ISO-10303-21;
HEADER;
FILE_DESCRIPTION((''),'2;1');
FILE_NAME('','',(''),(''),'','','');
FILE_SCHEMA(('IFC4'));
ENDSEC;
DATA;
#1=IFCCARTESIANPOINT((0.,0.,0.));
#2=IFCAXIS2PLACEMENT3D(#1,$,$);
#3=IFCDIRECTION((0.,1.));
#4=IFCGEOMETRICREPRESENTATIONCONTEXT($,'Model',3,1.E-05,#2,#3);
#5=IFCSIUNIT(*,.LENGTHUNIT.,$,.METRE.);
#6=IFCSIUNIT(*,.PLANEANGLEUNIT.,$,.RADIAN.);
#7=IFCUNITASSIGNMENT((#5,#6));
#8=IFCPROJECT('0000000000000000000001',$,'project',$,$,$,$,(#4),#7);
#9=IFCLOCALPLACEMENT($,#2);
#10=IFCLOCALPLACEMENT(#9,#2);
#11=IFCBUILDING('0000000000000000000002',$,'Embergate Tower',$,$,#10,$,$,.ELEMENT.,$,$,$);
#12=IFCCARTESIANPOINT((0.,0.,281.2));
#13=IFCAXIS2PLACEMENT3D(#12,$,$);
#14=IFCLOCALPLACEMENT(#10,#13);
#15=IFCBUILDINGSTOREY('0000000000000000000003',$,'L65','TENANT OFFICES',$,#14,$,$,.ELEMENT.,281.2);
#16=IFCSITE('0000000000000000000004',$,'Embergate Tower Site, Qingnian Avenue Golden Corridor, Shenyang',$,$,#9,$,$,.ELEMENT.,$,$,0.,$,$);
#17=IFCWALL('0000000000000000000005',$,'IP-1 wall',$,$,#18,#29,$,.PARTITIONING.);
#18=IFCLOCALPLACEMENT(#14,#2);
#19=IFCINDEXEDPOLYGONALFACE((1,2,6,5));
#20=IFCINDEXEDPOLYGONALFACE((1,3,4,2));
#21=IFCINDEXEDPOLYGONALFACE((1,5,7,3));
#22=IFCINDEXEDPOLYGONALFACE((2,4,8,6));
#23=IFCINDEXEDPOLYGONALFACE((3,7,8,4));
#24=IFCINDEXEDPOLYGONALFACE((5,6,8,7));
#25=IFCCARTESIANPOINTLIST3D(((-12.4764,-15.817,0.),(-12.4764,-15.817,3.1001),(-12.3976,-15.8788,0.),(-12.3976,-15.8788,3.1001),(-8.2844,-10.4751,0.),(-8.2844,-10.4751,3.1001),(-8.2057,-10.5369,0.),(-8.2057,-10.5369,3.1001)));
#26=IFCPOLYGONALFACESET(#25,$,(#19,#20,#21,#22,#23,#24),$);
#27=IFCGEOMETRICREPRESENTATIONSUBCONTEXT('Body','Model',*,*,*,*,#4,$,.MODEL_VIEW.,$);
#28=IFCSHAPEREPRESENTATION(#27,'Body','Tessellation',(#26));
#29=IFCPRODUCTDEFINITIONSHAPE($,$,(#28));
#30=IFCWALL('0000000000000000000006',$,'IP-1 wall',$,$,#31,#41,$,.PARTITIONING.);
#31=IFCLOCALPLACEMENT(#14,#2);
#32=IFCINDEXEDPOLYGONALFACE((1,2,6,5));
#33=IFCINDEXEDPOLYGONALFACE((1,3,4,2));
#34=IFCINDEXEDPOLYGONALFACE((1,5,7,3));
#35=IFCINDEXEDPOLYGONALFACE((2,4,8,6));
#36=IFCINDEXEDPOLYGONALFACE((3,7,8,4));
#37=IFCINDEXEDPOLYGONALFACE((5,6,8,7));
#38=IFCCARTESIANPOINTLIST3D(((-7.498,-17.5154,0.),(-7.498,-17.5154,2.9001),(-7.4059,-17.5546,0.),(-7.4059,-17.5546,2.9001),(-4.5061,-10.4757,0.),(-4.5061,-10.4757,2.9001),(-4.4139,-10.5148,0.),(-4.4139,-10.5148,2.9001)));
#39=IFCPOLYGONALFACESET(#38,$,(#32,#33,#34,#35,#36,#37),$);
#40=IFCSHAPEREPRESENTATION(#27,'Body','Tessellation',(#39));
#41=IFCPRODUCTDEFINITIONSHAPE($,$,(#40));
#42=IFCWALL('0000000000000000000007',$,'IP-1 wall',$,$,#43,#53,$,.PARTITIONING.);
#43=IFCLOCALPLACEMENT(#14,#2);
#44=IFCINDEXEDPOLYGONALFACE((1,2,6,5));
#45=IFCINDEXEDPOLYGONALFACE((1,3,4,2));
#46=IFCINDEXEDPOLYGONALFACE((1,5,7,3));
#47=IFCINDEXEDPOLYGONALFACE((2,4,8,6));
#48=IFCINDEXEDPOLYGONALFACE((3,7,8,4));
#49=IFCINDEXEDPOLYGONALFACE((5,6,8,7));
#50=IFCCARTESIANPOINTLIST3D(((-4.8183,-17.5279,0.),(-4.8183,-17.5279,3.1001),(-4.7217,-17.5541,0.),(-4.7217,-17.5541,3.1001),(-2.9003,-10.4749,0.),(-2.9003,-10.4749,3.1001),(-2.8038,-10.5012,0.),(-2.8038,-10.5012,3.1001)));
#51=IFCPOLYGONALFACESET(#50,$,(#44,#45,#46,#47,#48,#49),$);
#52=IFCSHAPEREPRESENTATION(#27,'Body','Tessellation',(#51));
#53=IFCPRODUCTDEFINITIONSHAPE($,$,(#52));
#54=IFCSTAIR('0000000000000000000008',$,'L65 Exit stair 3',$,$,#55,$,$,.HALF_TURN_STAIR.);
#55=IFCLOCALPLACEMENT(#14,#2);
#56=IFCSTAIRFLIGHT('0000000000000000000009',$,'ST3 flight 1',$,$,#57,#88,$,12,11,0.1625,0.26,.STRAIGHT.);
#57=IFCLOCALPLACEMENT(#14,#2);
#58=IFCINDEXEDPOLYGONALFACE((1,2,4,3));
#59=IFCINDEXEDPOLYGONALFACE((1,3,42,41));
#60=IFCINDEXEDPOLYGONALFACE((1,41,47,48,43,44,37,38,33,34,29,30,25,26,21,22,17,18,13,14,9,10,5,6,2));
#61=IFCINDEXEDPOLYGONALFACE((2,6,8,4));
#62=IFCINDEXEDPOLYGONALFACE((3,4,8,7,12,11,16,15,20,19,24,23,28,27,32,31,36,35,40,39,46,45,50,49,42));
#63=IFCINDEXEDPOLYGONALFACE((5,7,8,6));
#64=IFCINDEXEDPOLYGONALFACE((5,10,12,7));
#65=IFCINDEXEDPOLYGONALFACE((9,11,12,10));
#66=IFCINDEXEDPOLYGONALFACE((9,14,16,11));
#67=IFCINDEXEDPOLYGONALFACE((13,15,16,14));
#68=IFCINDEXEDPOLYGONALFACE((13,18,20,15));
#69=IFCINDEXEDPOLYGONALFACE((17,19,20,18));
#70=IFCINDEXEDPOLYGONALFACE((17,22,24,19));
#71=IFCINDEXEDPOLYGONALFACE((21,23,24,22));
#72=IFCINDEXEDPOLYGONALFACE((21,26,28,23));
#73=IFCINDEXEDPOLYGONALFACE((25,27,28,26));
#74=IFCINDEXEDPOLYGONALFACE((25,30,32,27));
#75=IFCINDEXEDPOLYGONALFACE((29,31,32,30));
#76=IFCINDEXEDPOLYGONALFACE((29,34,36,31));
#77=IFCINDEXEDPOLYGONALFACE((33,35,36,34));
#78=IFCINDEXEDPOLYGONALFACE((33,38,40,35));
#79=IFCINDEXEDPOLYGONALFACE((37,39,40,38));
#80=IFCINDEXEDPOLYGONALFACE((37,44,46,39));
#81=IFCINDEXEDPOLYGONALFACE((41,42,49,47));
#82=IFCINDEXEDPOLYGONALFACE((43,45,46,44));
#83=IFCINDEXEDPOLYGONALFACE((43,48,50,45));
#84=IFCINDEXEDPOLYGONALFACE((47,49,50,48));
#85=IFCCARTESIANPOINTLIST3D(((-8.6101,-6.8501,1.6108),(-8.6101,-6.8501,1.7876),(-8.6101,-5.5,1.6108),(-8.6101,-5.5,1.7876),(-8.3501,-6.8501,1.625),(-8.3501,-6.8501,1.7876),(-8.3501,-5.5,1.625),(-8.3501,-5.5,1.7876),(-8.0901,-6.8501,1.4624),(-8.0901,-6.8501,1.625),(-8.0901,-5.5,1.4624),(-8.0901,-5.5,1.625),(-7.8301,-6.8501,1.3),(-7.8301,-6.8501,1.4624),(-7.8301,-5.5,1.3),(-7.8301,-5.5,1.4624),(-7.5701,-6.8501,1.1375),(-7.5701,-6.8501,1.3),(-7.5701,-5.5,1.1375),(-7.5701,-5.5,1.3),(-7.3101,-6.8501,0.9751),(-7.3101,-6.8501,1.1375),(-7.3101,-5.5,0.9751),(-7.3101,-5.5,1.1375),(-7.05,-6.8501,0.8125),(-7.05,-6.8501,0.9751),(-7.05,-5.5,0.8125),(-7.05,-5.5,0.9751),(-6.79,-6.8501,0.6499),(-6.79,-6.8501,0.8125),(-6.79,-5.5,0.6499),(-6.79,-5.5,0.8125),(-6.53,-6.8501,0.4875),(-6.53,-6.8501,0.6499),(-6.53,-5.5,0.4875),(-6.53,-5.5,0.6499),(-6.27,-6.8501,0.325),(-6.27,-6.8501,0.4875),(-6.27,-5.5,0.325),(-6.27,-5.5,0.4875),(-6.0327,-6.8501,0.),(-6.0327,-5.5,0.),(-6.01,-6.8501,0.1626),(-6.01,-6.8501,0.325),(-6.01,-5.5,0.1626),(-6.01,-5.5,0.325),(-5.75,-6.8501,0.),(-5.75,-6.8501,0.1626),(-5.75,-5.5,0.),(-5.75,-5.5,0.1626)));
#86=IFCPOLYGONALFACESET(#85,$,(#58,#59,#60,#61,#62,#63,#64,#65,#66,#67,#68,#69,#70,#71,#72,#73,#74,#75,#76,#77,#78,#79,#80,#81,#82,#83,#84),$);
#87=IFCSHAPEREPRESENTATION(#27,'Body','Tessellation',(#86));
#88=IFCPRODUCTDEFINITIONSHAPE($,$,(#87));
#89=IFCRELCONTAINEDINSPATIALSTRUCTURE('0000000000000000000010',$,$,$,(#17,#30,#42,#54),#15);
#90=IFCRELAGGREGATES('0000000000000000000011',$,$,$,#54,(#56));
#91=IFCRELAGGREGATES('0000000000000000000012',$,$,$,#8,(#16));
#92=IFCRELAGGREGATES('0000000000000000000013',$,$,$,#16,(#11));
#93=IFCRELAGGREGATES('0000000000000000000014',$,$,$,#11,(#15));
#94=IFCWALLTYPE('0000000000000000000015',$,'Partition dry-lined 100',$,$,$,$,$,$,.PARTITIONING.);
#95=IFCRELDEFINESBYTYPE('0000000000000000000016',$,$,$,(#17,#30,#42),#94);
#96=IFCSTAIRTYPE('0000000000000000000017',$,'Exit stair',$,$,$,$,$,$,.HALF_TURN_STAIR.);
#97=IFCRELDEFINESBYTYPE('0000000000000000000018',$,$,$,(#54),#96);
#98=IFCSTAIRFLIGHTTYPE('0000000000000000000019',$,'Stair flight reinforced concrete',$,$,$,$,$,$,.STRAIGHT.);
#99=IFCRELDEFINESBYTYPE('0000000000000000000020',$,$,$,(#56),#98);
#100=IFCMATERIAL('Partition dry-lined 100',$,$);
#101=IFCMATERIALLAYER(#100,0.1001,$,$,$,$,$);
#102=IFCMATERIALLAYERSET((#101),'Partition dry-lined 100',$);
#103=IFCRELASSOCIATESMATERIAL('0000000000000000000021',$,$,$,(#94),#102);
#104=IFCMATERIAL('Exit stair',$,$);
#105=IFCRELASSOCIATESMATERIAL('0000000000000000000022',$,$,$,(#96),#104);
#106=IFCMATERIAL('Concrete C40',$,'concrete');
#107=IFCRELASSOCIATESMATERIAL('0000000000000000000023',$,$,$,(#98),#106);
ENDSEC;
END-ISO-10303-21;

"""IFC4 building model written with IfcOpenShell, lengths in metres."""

from ifc_helpers import new_model, si_unit, direction, frame, frame_2d, origin, place, context, subcontext, project, spatial, polyline, rectangle, outline, extrude, source, transform, mapped, material, layer, layer_set, type_object, element, aggregate, save


model = new_model("IFC4")

# Units and contexts
model_context = context("Model", 3, precision=1e-05, world=origin(), true_north=direction((0.0, 1.0)))
body_context = subcontext(model_context, "Body", "Model", "MODEL_VIEW")
ifc_project = project(units=[si_unit("LENGTHUNIT", "METRE"), si_unit("PLANEANGLEUNIT", "RADIAN")], contexts=[model_context])

# Site, building, storey
site_placement = place(None, origin())
site = spatial("IfcSite", under=ifc_project, at=site_placement, Name="Embergate Tower Site, Qingnian Avenue Golden Corridor, Shenyang", CompositionType="ELEMENT", RefElevation=0.0)
building_placement = place(site_placement, origin())
building = spatial("IfcBuilding", under=site, at=building_placement, Name="Embergate Tower", CompositionType="ELEMENT")
storey_placement = place(building_placement, frame((0.0, 0.0, 281.2)))
storey = spatial("IfcBuildingStorey", under=building, at=storey_placement, Name="L65", Description="TENANT OFFICES", CompositionType="ELEMENT", Elevation=281.2)

# Walls
ifc_material_1 = material(Name="Partition dry-lined 100")
ifc_layer_1 = layer(ifc_material_1, 0.1001)
ifc_layer_set_1 = layer_set([ifc_layer_1], Name="Partition dry-lined 100")
wall_type_1 = type_object("IfcWallType", Name="Partition dry-lined 100", PredefinedType="PARTITIONING", material=ifc_layer_set_1)
shared_shape_1 = source(origin(), body_context, "Body", "SweptSolid", [
    extrude(rectangle(XDim=6.7903, YDim=0.1001, at=frame_2d((3.395, 0.0))), origin(), (0.0, 0.0, 1.0), 3.1001),
])
wall_1_placement = place(storey_placement, frame((-8.2451, -10.5061, 0.0), z_axis=(0.0, 0.0, 1.0), x_axis=(-0.617345, -0.786692, 0.0)))
element("IfcWall", 1, at=wall_1_placement, inside=storey, type_object=wall_type_1, Name="IP-1 wall", PredefinedType="PARTITIONING", context=body_context, shape_type="MappedRepresentation", body=[
    mapped(shared_shape_1, transform((0.0, 0.0, 0.0))),
])
shared_shape_2 = source(origin(), body_context, "Body", "SweptSolid", [
    extrude(rectangle(XDim=7.6492, YDim=0.1001, at=frame_2d((3.8247, 0.0))), origin(), (0.0, 0.0, 1.0), 2.9001),
])
wall_2_placement = place(storey_placement, frame((-4.46, -10.4951, 0.0), z_axis=(0.0, 0.0, 1.0), x_axis=(-0.391144, -0.920329, 0.0)))
element("IfcWall", 2, at=wall_2_placement, inside=storey, type_object=wall_type_1, Name="IP-1 wall", PredefinedType="PARTITIONING", context=body_context, shape_type="MappedRepresentation", body=[
    mapped(shared_shape_2, transform((0.0, 0.0, 0.0))),
])
shared_shape_3 = source(origin(), body_context, "Body", "SweptSolid", [
    extrude(rectangle(XDim=7.3091, YDim=0.1001, at=frame_2d((3.6545, 0.0))), origin(), (0.0, 0.0, 1.0), 3.1001),
])
wall_3_placement = place(storey_placement, frame((-2.8521, -10.488, 0.0), z_axis=(0.0, 0.0, 1.0), x_axis=(-0.262408, -0.964957, 0.0)))
element("IfcWall", 3, at=wall_3_placement, inside=storey, type_object=wall_type_1, Name="IP-1 wall", PredefinedType="PARTITIONING", context=body_context, shape_type="MappedRepresentation", body=[
    mapped(shared_shape_3, transform((0.0, 0.0, 0.0))),
])

# Stair, stair flight
ifc_material_2 = material(Name="Exit stair")
stair_type = type_object("IfcStairType", Name="Exit stair", PredefinedType="HALF_TURN_STAIR", material=ifc_material_2)
stair_placement = place(storey_placement, origin())
stair = element("IfcStair", 4, at=stair_placement, inside=storey, type_object=stair_type, Name="L65 Exit stair 3", PredefinedType="HALF_TURN_STAIR")
ifc_material_3 = material(Name="Concrete C40", Category="concrete")
stair_flight_type = type_object("IfcStairFlightType", Name="Stair flight reinforced concrete", PredefinedType="STRAIGHT", material=ifc_material_3)
shared_shape_4 = source(origin(), body_context, "Body", "SweptSolid", [
    extrude(outline(polyline([(0.0, 0.0), (0.0, 0.1626), (0.26, 0.1626), (0.26, 0.325), (0.52, 0.325), (0.52, 0.4875), (0.78, 0.4875), (0.78, 0.6499), (1.04, 0.6499), (1.04, 0.8125), (1.3, 0.8125), (1.3, 0.9751), (1.5601, 0.9751), (1.5601, 1.1375), (1.8201, 1.1375), (1.8201, 1.3), (2.0801, 1.3), (2.0801, 1.4624), (2.3401, 1.4624), (2.3401, 1.625), (2.6001, 1.625), (2.6001, 1.7876), (2.8601, 1.7876), (2.8601, 1.95), (2.8601, 1.6108), (0.2827, 0.0), (0.0, 0.0)])), frame((0.0, 0.675, 0.0), z_axis=(0.0, -1.0, 0.0), x_axis=(1.0, 0.0, 0.0)), (0.0, 0.0, 1.0), 1.3501),
])
stair_flight_placement = place(storey_placement, frame((-5.75, -6.175, 0.0), z_axis=(0.0, 0.0, 1.0), x_axis=(-1.0, 0.0, 0.0)))
stair_flight = element("IfcStairFlight", 5, at=stair_flight_placement, type_object=stair_flight_type, Name="ST3 flight 1", NumberOfRisers=12, NumberOfTreads=11, PredefinedType="STRAIGHT", RiserHeight=0.1625, TreadLength=0.26, context=body_context, shape_type="MappedRepresentation", body=[
    mapped(shared_shape_4, transform((0.0, 0.0, 0.0))),
])
aggregate(stair, [stair_flight])

save(model, "model.ifc")
